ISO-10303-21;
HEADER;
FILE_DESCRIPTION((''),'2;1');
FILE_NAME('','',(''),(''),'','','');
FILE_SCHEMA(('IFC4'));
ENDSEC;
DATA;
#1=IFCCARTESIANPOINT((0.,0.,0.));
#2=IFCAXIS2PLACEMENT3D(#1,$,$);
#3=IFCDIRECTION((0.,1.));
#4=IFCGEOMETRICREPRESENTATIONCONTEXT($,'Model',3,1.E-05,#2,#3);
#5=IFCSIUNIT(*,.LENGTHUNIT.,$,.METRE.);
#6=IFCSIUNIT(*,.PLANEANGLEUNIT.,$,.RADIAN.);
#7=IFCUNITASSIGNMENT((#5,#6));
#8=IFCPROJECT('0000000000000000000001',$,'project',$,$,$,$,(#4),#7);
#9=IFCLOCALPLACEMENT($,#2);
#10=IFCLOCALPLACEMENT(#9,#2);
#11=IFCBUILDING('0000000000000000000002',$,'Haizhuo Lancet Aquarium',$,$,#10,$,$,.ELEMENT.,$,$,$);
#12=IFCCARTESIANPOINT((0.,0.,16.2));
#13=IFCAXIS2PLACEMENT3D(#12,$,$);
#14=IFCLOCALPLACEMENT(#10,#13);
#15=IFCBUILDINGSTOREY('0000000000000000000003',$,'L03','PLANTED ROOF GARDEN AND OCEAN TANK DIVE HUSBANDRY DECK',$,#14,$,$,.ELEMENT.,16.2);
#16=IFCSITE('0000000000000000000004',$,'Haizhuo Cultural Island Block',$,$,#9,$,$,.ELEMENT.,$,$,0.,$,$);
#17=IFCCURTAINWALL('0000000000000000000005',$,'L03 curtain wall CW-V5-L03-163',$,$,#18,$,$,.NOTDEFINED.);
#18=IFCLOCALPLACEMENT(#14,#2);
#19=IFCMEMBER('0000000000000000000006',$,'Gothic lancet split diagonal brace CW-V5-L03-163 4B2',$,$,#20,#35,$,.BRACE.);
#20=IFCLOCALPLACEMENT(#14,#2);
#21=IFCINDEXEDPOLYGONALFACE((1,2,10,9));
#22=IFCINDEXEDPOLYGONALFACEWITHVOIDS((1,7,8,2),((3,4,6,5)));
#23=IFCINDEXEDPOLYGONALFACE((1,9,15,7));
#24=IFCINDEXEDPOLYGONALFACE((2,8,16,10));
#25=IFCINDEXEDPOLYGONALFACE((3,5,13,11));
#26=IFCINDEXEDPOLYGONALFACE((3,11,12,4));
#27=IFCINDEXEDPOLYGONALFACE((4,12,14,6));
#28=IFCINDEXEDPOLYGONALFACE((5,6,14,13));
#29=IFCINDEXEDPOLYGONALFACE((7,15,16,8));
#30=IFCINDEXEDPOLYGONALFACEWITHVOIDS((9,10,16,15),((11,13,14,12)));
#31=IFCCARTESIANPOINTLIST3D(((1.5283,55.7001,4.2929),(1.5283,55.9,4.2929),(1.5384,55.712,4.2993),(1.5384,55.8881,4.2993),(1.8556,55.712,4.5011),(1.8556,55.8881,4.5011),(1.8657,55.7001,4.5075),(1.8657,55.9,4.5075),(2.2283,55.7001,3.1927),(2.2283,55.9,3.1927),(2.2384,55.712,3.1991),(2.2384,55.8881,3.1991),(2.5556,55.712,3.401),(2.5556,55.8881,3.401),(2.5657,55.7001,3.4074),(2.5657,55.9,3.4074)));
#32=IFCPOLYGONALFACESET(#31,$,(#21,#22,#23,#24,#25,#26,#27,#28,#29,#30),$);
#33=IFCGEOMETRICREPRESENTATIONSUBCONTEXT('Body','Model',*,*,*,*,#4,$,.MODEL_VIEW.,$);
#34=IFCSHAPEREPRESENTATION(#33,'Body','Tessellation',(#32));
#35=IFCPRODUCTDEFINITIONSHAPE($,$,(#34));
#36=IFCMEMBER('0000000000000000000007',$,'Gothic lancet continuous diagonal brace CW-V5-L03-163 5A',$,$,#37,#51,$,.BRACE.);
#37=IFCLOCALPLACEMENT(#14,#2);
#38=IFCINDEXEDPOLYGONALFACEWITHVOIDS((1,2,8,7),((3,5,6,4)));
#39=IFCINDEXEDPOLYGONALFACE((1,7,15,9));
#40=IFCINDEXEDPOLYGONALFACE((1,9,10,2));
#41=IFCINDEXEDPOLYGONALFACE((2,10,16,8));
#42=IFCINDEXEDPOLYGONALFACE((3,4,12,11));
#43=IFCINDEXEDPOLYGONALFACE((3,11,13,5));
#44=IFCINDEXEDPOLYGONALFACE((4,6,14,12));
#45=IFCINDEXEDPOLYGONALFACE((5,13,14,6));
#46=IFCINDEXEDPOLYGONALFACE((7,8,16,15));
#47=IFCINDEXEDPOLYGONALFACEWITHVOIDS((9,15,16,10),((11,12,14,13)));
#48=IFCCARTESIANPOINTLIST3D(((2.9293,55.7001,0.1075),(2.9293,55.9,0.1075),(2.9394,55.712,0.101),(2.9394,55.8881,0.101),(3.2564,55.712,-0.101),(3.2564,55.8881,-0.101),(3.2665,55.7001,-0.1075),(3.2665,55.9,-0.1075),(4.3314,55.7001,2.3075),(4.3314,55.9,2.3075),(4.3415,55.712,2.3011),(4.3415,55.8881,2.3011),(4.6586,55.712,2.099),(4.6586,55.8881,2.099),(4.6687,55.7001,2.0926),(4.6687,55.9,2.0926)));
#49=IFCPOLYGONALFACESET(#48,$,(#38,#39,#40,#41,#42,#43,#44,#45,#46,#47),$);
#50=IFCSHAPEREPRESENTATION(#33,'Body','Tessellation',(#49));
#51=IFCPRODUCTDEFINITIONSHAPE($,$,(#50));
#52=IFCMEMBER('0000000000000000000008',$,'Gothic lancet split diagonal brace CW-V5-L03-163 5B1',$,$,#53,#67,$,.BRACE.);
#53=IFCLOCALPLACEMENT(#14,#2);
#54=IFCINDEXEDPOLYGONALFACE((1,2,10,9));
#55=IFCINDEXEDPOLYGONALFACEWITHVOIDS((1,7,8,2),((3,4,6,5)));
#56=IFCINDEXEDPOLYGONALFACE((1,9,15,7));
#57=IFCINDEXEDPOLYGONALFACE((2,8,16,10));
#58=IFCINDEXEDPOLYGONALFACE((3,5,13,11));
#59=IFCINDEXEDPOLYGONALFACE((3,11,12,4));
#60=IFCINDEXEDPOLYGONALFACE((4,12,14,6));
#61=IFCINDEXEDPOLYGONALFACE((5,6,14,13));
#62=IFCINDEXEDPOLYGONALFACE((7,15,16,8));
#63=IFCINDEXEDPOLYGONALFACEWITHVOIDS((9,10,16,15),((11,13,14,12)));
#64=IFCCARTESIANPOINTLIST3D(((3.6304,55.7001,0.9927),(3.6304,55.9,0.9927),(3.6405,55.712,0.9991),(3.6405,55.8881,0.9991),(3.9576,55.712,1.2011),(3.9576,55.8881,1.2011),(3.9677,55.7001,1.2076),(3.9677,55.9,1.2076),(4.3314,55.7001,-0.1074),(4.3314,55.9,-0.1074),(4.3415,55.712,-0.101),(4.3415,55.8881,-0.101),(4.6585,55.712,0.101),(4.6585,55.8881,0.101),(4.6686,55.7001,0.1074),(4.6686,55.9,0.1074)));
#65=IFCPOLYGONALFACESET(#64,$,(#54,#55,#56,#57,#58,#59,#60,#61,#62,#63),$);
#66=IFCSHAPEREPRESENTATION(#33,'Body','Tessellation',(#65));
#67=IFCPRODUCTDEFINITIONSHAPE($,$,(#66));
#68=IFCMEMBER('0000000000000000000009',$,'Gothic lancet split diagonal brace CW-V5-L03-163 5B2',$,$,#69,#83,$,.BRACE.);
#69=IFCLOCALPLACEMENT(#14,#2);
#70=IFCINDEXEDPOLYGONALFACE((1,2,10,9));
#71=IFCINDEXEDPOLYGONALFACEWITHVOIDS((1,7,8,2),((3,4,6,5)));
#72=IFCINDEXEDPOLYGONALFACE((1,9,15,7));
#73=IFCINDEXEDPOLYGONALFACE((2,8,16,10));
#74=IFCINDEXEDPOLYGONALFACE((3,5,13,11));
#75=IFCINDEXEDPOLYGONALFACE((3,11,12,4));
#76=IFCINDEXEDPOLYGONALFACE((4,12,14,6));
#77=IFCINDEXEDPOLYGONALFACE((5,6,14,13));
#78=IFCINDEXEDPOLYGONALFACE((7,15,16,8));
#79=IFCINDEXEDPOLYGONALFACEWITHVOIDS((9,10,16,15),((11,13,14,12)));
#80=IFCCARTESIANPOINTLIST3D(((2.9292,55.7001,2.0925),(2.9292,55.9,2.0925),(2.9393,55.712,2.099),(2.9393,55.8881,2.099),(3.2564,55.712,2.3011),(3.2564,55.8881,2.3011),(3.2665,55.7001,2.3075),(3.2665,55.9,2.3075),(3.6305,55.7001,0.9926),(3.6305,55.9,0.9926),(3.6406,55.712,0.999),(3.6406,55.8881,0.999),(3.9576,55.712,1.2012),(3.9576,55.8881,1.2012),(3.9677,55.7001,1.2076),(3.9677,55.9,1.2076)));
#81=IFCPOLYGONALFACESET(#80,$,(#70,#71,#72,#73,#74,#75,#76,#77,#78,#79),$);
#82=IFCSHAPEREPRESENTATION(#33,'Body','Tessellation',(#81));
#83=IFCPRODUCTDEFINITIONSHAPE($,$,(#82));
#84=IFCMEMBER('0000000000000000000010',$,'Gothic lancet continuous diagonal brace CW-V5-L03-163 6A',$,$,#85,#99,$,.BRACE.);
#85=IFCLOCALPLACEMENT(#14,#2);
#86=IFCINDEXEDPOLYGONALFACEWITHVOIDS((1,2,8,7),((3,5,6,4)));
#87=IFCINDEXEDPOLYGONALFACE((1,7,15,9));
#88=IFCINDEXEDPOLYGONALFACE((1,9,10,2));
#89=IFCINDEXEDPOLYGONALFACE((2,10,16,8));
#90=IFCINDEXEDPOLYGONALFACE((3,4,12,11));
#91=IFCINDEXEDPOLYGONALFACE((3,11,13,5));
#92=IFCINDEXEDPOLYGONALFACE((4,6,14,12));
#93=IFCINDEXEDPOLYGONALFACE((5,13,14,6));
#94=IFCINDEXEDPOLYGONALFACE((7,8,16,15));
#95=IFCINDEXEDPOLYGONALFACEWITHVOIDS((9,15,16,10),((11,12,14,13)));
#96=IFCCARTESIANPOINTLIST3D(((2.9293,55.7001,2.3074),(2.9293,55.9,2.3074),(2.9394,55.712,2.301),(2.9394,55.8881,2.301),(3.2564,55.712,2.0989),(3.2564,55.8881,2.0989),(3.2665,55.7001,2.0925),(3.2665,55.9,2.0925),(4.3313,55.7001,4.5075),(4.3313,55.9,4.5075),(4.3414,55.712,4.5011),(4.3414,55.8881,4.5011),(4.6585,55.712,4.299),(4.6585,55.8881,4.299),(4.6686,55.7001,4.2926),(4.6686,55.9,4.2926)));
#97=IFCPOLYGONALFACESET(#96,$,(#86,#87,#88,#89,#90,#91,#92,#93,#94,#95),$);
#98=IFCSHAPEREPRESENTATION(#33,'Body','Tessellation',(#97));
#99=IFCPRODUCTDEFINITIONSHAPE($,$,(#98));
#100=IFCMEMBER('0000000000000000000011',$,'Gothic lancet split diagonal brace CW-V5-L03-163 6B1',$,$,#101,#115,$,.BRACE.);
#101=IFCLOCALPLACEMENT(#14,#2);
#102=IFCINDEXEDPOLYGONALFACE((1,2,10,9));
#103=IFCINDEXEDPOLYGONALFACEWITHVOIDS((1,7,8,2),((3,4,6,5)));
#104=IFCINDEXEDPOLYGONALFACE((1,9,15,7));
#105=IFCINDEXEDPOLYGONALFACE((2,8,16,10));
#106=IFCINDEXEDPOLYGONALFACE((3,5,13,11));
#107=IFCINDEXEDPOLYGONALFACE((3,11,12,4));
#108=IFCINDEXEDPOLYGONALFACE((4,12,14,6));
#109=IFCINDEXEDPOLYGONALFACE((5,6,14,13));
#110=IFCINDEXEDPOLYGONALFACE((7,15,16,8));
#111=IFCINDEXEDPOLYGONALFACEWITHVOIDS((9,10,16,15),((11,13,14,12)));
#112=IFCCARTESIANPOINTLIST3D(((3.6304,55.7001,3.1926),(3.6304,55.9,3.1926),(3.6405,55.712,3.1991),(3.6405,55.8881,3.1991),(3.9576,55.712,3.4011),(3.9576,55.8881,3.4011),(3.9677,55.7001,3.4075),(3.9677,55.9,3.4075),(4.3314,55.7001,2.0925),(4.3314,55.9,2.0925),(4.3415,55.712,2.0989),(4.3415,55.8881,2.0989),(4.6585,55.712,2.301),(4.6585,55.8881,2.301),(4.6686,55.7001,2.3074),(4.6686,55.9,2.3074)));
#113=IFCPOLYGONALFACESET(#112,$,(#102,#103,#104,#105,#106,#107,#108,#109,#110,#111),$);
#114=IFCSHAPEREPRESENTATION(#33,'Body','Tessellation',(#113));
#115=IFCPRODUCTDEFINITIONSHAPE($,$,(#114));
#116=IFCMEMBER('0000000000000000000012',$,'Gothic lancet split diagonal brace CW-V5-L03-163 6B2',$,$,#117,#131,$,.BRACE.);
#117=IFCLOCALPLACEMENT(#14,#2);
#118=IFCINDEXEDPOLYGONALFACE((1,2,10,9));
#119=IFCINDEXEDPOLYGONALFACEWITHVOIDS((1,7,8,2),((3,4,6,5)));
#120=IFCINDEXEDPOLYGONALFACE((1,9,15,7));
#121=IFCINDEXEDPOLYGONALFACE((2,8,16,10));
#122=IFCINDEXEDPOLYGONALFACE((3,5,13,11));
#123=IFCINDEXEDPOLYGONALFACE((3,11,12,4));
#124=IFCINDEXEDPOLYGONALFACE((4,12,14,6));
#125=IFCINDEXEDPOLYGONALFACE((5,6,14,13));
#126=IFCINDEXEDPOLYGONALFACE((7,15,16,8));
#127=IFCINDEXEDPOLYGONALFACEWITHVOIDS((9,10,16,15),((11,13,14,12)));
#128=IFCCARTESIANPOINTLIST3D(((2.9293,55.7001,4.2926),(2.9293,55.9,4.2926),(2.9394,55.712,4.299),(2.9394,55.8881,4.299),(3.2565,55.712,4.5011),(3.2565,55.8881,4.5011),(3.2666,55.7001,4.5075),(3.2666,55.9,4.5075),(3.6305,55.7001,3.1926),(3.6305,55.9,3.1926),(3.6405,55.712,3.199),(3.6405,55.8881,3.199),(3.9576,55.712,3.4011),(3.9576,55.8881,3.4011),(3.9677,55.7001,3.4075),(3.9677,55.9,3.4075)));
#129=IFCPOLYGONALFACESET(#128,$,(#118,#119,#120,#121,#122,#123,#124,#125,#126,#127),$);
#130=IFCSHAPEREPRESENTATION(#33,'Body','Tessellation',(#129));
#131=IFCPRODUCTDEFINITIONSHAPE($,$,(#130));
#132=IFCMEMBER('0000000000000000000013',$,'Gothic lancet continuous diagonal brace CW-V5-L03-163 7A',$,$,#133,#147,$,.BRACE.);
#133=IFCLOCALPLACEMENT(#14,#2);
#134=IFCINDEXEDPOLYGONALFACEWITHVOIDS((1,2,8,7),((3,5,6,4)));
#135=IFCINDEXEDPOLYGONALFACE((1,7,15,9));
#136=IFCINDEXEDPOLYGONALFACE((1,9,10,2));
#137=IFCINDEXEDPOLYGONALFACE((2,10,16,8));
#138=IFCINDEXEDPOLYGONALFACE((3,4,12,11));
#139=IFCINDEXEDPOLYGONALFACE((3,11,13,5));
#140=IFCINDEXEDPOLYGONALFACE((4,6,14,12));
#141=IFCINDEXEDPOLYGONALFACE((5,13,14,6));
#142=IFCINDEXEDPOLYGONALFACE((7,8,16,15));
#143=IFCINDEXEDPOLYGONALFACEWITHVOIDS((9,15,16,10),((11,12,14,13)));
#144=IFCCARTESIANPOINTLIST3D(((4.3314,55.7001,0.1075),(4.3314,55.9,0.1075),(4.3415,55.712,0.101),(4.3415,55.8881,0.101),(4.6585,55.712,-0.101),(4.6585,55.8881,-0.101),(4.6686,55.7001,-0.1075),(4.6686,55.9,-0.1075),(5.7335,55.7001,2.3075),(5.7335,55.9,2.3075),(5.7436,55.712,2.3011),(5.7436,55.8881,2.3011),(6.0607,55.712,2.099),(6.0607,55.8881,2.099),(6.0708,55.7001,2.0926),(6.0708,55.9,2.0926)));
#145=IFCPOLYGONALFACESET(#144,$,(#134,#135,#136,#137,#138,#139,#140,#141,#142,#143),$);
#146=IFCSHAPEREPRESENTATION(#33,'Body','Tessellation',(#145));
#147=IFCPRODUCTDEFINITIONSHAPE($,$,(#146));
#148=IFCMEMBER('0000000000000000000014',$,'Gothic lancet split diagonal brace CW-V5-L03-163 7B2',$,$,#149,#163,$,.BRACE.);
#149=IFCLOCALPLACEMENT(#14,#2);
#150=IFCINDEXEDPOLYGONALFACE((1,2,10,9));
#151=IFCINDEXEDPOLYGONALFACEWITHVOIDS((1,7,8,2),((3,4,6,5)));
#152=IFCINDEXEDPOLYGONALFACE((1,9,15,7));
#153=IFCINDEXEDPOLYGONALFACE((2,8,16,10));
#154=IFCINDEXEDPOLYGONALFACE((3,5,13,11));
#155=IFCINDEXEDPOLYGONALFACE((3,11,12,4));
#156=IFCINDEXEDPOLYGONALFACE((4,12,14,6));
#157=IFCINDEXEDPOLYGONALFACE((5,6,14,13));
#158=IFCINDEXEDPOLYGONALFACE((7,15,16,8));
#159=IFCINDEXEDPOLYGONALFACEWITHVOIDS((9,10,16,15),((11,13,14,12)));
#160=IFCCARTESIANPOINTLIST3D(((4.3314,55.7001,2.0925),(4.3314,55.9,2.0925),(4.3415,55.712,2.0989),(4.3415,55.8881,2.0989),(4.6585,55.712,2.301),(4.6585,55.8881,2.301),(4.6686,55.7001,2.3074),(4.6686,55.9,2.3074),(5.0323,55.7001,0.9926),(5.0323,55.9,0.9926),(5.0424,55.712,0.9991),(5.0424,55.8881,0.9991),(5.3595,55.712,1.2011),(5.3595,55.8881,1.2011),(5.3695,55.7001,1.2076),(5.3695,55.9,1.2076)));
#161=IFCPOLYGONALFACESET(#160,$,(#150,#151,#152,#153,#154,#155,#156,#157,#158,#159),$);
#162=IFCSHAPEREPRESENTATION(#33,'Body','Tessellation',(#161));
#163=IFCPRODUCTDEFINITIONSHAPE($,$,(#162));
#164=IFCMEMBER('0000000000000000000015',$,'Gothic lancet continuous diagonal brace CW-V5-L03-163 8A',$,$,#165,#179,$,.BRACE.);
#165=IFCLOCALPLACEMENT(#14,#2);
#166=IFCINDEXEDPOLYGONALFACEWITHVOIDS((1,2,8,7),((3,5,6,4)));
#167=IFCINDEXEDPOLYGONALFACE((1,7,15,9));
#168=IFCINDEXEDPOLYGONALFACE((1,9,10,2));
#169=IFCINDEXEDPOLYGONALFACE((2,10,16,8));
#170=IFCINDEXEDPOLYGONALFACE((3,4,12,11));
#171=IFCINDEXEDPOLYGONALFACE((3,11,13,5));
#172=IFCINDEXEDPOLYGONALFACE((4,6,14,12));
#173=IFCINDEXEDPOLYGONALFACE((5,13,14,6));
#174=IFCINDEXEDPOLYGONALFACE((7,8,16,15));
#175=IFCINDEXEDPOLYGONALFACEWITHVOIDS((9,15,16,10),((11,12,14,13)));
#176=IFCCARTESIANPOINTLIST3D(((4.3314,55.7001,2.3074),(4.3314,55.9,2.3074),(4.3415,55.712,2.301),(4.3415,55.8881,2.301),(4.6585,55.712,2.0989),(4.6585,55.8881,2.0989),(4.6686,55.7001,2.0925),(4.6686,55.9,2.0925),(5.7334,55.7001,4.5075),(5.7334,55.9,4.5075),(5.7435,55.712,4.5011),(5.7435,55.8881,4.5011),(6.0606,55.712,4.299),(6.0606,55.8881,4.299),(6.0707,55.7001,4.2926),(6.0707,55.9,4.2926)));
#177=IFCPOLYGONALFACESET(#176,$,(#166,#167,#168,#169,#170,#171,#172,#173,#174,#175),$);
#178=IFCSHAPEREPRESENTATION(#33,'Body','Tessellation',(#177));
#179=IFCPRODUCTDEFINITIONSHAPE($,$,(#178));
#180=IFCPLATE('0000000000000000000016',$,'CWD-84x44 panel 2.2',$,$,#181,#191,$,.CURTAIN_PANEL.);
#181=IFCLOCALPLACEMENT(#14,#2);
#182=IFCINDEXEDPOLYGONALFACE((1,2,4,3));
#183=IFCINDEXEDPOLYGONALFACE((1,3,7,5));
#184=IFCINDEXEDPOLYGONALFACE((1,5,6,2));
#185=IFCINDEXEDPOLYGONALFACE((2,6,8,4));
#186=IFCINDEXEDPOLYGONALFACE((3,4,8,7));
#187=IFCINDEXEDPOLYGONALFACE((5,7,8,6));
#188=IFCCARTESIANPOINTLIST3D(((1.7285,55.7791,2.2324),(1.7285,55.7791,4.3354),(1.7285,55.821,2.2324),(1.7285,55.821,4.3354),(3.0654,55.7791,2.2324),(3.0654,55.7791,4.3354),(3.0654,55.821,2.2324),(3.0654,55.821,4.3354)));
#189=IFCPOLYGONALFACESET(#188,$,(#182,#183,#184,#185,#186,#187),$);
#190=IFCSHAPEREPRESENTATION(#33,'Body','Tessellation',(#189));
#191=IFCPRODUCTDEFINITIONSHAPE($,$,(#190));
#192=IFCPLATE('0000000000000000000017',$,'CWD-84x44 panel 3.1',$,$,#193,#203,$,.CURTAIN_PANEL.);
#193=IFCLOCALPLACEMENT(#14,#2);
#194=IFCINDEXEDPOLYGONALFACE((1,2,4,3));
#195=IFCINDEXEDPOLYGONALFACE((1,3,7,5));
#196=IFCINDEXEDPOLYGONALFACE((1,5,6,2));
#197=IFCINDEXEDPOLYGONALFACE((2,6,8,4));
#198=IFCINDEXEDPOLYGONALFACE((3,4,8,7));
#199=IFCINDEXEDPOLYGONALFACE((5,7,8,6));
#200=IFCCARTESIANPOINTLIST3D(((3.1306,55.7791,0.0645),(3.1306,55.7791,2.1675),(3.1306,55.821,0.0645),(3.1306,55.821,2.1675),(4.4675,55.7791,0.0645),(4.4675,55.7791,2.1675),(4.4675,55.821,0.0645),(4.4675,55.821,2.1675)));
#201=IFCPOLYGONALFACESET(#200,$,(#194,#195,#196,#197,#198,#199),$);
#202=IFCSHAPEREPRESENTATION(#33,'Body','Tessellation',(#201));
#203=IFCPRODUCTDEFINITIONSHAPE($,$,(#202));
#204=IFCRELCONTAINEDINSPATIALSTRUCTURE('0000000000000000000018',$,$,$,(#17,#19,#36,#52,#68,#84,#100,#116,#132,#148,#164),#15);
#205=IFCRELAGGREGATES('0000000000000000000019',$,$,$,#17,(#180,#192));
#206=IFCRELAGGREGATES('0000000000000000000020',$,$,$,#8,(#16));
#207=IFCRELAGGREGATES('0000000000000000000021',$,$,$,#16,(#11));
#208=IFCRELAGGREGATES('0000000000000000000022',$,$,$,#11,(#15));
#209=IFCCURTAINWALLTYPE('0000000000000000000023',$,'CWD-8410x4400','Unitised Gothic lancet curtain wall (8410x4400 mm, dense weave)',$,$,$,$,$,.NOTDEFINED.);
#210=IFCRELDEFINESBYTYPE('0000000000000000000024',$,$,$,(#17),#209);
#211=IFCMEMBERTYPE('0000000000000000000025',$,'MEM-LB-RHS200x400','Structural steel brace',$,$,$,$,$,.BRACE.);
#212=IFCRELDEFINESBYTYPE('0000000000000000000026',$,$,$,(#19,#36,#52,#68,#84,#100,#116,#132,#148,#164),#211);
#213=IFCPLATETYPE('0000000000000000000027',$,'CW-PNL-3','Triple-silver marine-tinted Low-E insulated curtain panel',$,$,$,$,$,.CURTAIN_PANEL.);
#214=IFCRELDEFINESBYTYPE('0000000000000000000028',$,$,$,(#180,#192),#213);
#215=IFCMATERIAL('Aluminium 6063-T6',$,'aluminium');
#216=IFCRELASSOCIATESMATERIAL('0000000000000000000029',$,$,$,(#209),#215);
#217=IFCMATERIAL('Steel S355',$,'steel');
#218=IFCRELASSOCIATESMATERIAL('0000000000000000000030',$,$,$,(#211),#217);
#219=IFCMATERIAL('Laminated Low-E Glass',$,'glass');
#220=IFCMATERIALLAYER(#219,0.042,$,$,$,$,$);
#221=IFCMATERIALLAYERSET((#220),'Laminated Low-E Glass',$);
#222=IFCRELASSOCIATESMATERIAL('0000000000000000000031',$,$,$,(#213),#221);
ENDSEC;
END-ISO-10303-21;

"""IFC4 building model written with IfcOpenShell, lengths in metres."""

from ifc_helpers import new_model, si_unit, direction, frame, origin, origin_2d, place, context, subcontext, project, spatial, rectangle, hollow_rectangle, extrude, material, layer, layer_set, material_profile, profile_set, type_object, element, aggregate, save


model = new_model("IFC4")

# Units and contexts
model_context = context("Model", 3, precision=1e-05, world=origin(), true_north=direction((0.0, 1.0)))
body_context = subcontext(model_context, "Body", "Model", "MODEL_VIEW")
ifc_project = project(units=[si_unit("LENGTHUNIT", "METRE"), si_unit("PLANEANGLEUNIT", "RADIAN")], contexts=[model_context])

# Site, building, storey
site_placement = place(None, origin())
site = spatial("IfcSite", under=ifc_project, at=site_placement, Name="Haizhuo Cultural Island Block", CompositionType="ELEMENT", RefElevation=0.0)
building_placement = place(site_placement, origin())
building = spatial("IfcBuilding", under=site, at=building_placement, Name="Haizhuo Lancet Aquarium", CompositionType="ELEMENT")
storey_placement = place(building_placement, frame((0.0, 0.0, 16.2)))
storey = spatial("IfcBuildingStorey", under=building, at=storey_placement, Name="L03", Description="PLANTED ROOF GARDEN AND OCEAN TANK DIVE HUSBANDRY DECK", CompositionType="ELEMENT", Elevation=16.2)

# Curtain wall
ifc_material_1 = material(Name="Aluminium 6063-T6", Category="aluminium")
curtain_wall_type = type_object("IfcCurtainWallType", Name="CWD-8410x4400", Description="Unitised Gothic lancet curtain wall (8410x4400 mm, dense weave)", PredefinedType="NOTDEFINED", material=ifc_material_1)
curtain_wall_placement = place(storey_placement, origin())
curtain_wall = element("IfcCurtainWall", 1, at=curtain_wall_placement, inside=storey, type_object=curtain_wall_type, Name="L03 curtain wall CW-V5-L03-163", PredefinedType="NOTDEFINED")

# Members
ifc_material_2 = material(Name="Steel S355", Category="steel")
ifc_material_profile_1 = material_profile(ifc_material_2, hollow_rectangle(XDim=0.2, YDim=0.3999, WallThickness=0.012, at=origin_2d()), Name="RHS 200x400x12")
ifc_profile_set_1 = profile_set([ifc_material_profile_1], Name="Steel S355")
member_type_1 = type_object("IfcMemberType", Name="MEM-LB-RHS200x400", Description="Structural steel brace", PredefinedType="BRACE", material=ifc_profile_set_1)
member_1_placement = place(storey_placement, frame((2.397, 55.8, 3.3), z_axis=(-0.536815, 0.0, 0.8437), x_axis=(0.0, -1.0, 0.0)))
element("IfcMember", 2, at=member_1_placement, inside=storey, type_object=member_type_1, Name="Gothic lancet split diagonal brace CW-V5-L03-163 4B2", PredefinedType="BRACE", context=body_context, shape_type="SweptSolid", body=[
    extrude(hollow_rectangle(XDim=0.2, YDim=0.3999, WallThickness=0.012, at=origin_2d()), origin(), (0.0, 0.0, 1.0), 1.304),
])
member_2_placement = place(storey_placement, frame((3.0979, 55.8, 0.0), z_axis=(0.537457, 0.0, 0.843291), x_axis=(0.0, 1.0, 0.0)))
element("IfcMember", 3, at=member_2_placement, inside=storey, type_object=member_type_1, Name="Gothic lancet continuous diagonal brace CW-V5-L03-163 5A", PredefinedType="BRACE", context=body_context, shape_type="SweptSolid", body=[
    extrude(hollow_rectangle(XDim=0.2, YDim=0.3999, WallThickness=0.012, at=origin_2d()), origin(), (0.0, 0.0, 1.0), 2.6089),
])
for number, where, z_axis, x_axis, name in (
    (4, (4.5, 55.8, 0.0), (-0.537348, 0.0, 0.843361), (0.0, -1.0, 0.0), "Gothic lancet split diagonal brace CW-V5-L03-163 5B1"),
    (5, (3.7991, 55.8, 1.1001), (-0.537566, 0.0, 0.843222), (0.0, -1.0, 0.0), "Gothic lancet split diagonal brace CW-V5-L03-163 5B2"),
):
    element("IfcMember", number, at=place(storey_placement, frame(where, z_axis=z_axis, x_axis=x_axis)), inside=storey, type_object=member_type_1, Name=name, PredefinedType="BRACE", context=body_context, shape_type="SweptSolid", body=[
        extrude(hollow_rectangle(XDim=0.2, YDim=0.3999, WallThickness=0.012, at=origin_2d()), origin(), (0.0, 0.0, 1.0), 1.3044),
    ])
member_3_placement = place(storey_placement, frame((3.0979, 55.8, 2.2), z_axis=(0.537414, 0.0, 0.843318), x_axis=(0.0, 1.0, 0.0)))
element("IfcMember", 6, at=member_3_placement, inside=storey, type_object=member_type_1, Name="Gothic lancet continuous diagonal brace CW-V5-L03-163 6A", PredefinedType="BRACE", context=body_context, shape_type="SweptSolid", body=[
    extrude(hollow_rectangle(XDim=0.2, YDim=0.3999, WallThickness=0.012, at=origin_2d()), origin(), (0.0, 0.0, 1.0), 2.6089),
])
for number, where, z_axis, x_axis, name in (
    (7, (4.5, 55.8, 2.2), (-0.537348, 0.0, 0.843361), (0.0, -1.0, 0.0), "Gothic lancet split diagonal brace CW-V5-L03-163 6B1"),
    (8, (3.7991, 55.8, 3.3), (-0.537481, 0.0, 0.843276), (0.0, -1.0, 0.0), "Gothic lancet split diagonal brace CW-V5-L03-163 6B2"),
):
    element("IfcMember", number, at=place(storey_placement, frame(where, z_axis=z_axis, x_axis=x_axis)), inside=storey, type_object=member_type_1, Name=name, PredefinedType="BRACE", context=body_context, shape_type="SweptSolid", body=[
        extrude(hollow_rectangle(XDim=0.2, YDim=0.3999, WallThickness=0.012, at=origin_2d()), origin(), (0.0, 0.0, 1.0), 1.3044),
    ])
member_4_placement = place(storey_placement, frame((4.5, 55.8, 0.0), z_axis=(0.537457, 0.0, 0.843291), x_axis=(0.0, 1.0, 0.0)))
element("IfcMember", 9, at=member_4_placement, inside=storey, type_object=member_type_1, Name="Gothic lancet continuous diagonal brace CW-V5-L03-163 7A", PredefinedType="BRACE", context=body_context, shape_type="SweptSolid", body=[
    extrude(hollow_rectangle(XDim=0.2, YDim=0.3999, WallThickness=0.012, at=origin_2d()), origin(), (0.0, 0.0, 1.0), 2.6089),
])
member_5_placement = place(storey_placement, frame((5.2009, 55.8, 1.1001), z_axis=(-0.537433, 0.0, 0.843307), x_axis=(0.0, -1.0, 0.0)))
element("IfcMember", 10, at=member_5_placement, inside=storey, type_object=member_type_1, Name="Gothic lancet split diagonal brace CW-V5-L03-163 7B2", PredefinedType="BRACE", context=body_context, shape_type="SweptSolid", body=[
    extrude(hollow_rectangle(XDim=0.2, YDim=0.3999, WallThickness=0.012, at=origin_2d()), origin(), (0.0, 0.0, 1.0), 1.3042),
])
member_6_placement = place(storey_placement, frame((4.5, 55.8, 2.2), z_axis=(0.537414, 0.0, 0.843318), x_axis=(0.0, 1.0, 0.0)))
element("IfcMember", 11, at=member_6_placement, inside=storey, type_object=member_type_1, Name="Gothic lancet continuous diagonal brace CW-V5-L03-163 8A", PredefinedType="BRACE", context=body_context, shape_type="SweptSolid", body=[
    extrude(hollow_rectangle(XDim=0.2, YDim=0.3999, WallThickness=0.012, at=origin_2d()), origin(), (0.0, 0.0, 1.0), 2.6089),
])

# Plates
ifc_material_3 = material(Name="Laminated Low-E Glass", Category="glass")
ifc_layer = layer(ifc_material_3, 0.042)
ifc_layer_set = layer_set([ifc_layer], Name="Laminated Low-E Glass")
plate_type = type_object("IfcPlateType", Name="CW-PNL-3", Description="Triple-silver marine-tinted Low-E insulated curtain panel", PredefinedType="CURTAIN_PANEL", material=ifc_layer_set)
plate_1_placement = place(storey_placement, frame((2.397, 55.8, 2.2324), z_axis=(0.0, 0.0, 1.0), x_axis=(1.0, 0.0, 0.0)))
plate_1 = element("IfcPlate", 12, at=plate_1_placement, type_object=plate_type, Name="CWD-84x44 panel 2.2", PredefinedType="CURTAIN_PANEL", context=body_context, shape_type="SweptSolid", body=[
    extrude(rectangle(XDim=1.3369, YDim=0.042, at=origin_2d()), origin(), (0.0, 0.0, 1.0), 2.103),
])
plate_2_placement = place(storey_placement, frame((3.7991, 55.8, 0.0645), z_axis=(0.0, 0.0, 1.0), x_axis=(1.0, 0.0, 0.0)))
plate_2 = element("IfcPlate", 13, at=plate_2_placement, type_object=plate_type, Name="CWD-84x44 panel 3.1", PredefinedType="CURTAIN_PANEL", context=body_context, shape_type="SweptSolid", body=[
    extrude(rectangle(XDim=1.3369, YDim=0.042, at=origin_2d()), origin(), (0.0, 0.0, 1.0), 2.103),
])
aggregate(curtain_wall, [plate_1, plate_2])

save(model, "model.ifc")
